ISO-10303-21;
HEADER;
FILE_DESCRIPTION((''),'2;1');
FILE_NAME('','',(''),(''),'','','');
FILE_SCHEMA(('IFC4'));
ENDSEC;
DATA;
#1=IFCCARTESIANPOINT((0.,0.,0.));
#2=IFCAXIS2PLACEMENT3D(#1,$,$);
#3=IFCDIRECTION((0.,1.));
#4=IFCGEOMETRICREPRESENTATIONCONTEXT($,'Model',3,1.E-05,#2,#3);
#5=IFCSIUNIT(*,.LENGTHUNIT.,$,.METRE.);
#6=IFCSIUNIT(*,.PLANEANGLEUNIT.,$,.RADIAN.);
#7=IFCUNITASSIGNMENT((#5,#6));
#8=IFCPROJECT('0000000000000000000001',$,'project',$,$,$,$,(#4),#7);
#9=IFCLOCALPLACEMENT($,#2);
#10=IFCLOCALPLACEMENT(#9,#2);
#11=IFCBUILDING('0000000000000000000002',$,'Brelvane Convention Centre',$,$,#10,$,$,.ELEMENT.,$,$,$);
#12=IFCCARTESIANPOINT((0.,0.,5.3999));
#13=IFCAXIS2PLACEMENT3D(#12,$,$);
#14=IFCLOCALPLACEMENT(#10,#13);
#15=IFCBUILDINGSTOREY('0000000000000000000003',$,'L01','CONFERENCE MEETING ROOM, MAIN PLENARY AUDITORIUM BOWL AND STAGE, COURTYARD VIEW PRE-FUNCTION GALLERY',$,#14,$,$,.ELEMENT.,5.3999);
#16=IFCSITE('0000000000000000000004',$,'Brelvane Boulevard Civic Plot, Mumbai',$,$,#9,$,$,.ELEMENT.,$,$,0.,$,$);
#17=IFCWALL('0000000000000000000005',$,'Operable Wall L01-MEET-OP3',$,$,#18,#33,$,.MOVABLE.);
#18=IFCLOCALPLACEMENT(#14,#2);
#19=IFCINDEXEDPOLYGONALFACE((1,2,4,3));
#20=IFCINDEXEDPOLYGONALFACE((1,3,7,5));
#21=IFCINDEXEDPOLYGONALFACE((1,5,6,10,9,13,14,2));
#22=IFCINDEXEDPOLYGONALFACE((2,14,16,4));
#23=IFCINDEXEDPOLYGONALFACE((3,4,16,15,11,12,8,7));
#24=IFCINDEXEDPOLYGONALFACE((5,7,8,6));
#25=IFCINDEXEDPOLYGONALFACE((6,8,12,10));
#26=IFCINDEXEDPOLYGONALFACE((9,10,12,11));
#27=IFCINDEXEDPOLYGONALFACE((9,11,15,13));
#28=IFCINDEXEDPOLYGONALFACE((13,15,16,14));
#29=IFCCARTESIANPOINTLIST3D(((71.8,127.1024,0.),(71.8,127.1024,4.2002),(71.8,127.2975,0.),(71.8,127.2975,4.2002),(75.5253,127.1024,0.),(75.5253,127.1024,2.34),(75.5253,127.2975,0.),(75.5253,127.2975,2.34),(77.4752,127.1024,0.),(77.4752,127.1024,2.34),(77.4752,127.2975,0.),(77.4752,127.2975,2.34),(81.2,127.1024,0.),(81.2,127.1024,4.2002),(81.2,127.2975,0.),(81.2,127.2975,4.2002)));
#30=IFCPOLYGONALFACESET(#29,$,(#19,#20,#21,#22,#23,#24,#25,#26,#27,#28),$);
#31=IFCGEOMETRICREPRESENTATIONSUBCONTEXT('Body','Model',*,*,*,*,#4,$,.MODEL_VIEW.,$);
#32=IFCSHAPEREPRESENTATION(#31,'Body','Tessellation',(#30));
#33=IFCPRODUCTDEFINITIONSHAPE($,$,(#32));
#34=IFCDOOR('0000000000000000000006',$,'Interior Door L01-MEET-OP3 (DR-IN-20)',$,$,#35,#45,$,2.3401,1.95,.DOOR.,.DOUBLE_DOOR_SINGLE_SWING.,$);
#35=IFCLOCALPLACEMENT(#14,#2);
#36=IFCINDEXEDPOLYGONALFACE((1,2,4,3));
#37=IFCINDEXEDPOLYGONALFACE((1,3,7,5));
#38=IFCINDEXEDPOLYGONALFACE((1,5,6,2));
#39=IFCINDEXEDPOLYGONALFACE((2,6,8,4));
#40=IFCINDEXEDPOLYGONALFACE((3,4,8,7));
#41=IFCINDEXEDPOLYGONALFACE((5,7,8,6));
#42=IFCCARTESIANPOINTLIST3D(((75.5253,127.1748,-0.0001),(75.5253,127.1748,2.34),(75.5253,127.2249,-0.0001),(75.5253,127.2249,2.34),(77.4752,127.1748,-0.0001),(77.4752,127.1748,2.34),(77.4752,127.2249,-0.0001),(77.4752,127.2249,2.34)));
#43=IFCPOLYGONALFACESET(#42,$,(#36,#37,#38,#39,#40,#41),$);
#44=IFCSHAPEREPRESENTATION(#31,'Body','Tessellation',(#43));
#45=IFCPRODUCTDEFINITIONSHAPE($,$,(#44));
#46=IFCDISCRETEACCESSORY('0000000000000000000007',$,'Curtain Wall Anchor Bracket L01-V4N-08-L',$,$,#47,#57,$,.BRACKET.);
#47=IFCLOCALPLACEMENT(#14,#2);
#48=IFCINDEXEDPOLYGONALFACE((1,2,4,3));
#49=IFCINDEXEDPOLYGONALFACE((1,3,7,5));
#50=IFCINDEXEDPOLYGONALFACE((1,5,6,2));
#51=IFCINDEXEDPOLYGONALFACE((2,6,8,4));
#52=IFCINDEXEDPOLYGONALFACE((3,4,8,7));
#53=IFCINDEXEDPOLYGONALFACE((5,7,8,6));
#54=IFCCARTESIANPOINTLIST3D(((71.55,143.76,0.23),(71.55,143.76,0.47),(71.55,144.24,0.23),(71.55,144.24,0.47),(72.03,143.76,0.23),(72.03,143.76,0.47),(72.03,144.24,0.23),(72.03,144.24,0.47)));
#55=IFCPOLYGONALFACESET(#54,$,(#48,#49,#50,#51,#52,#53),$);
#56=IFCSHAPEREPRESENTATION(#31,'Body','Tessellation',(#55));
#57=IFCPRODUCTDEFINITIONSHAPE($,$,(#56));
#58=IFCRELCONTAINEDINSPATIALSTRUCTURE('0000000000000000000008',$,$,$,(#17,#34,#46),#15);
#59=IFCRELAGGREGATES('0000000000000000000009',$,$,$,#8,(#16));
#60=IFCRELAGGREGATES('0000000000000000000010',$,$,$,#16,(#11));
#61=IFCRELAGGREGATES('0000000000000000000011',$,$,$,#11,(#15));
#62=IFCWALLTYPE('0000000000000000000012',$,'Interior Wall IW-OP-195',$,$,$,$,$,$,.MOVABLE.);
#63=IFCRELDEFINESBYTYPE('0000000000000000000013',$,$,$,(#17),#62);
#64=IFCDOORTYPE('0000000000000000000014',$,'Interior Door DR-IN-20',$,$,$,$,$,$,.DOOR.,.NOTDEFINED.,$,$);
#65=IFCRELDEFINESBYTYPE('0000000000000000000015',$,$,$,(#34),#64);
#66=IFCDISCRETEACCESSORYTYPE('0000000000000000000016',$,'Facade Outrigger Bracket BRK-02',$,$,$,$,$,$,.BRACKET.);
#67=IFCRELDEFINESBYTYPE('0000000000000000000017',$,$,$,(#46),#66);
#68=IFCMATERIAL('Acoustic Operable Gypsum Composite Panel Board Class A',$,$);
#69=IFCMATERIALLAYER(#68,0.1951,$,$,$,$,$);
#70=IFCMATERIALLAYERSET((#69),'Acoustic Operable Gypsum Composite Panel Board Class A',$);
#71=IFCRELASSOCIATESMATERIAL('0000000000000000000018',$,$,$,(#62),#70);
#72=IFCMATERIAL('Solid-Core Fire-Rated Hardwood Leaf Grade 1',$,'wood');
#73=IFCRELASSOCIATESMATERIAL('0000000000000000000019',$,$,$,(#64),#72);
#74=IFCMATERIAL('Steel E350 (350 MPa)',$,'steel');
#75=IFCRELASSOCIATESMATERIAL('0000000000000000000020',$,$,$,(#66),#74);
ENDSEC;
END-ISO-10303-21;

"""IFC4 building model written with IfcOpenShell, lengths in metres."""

from ifc_helpers import new_model, si_unit, direction, frame, frame_2d, origin, origin_2d, place, context, subcontext, project, spatial, rectangle, extrude, material, layer, layer_set, type_object, element, fill, save


model = new_model("IFC4")

# Units and contexts
model_context = context("Model", 3, precision=1e-05, world=origin(), true_north=direction((0.0, 1.0)))
body_context = subcontext(model_context, "Body", "Model", "MODEL_VIEW")
ifc_project = project(units=[si_unit("LENGTHUNIT", "METRE"), si_unit("PLANEANGLEUNIT", "RADIAN")], contexts=[model_context])

# Site, building, storey
site_placement = place(None, origin())
site = spatial("IfcSite", under=ifc_project, at=site_placement, Name="Brelvane Boulevard Civic Plot, Mumbai", CompositionType="ELEMENT", RefElevation=0.0)
building_placement = place(site_placement, origin())
building = spatial("IfcBuilding", under=site, at=building_placement, Name="Brelvane Convention Centre", CompositionType="ELEMENT")
storey_placement = place(building_placement, frame((0.0, 0.0, 5.3999)))
storey = spatial("IfcBuildingStorey", under=building, at=storey_placement, Name="L01", Description="CONFERENCE MEETING ROOM, MAIN PLENARY AUDITORIUM BOWL AND STAGE, COURTYARD VIEW PRE-FUNCTION GALLERY", CompositionType="ELEMENT", Elevation=5.3999)

# Wall, opening, door
ifc_material_1 = material(Name="Acoustic Operable Gypsum Composite Panel Board Class A")
ifc_layer_1 = layer(ifc_material_1, 0.1951)
ifc_layer_set_1 = layer_set([ifc_layer_1], Name="Acoustic Operable Gypsum Composite Panel Board Class A")
wall_type_1 = type_object("IfcWallType", Name="Interior Wall IW-OP-195", PredefinedType="MOVABLE", material=ifc_layer_set_1)
wall_1_placement = place(storey_placement, frame((71.8, 127.2, 0.0), z_axis=(0.0, 0.0, 1.0), x_axis=(1.0, 0.0, 0.0)))
wall_1 = element("IfcWall", 1, at=wall_1_placement, inside=storey, type_object=wall_type_1, Name="Operable Wall L01-MEET-OP3", PredefinedType="MOVABLE", context=body_context, shape_type="SweptSolid", body=[
    extrude(rectangle(XDim=9.3999, YDim=0.1951, at=frame_2d((4.7, 0.0))), origin(), (0.0, 0.0, 1.0), 4.2002),
])
opening_1_placement = place(wall_1_placement, frame((3.7251, 0.0, 0.0)))
opening_1 = element("IfcOpeningElement", 2, at=opening_1_placement, cuts=wall_1, PredefinedType="OPENING", context=body_context, shape_type="SweptSolid", body=[
    extrude(rectangle(XDim=1.95, YDim=2.3401, at=frame_2d((0.9751, 1.1699))), frame((0.0, 0.1074, 0.0), z_axis=(0.0, -1.0, 0.0), x_axis=(1.0, 0.0, 0.0)), (0.0, 0.0, 1.0), 0.2151),
])
ifc_material_2 = material(Name="Solid-Core Fire-Rated Hardwood Leaf Grade 1", Category="wood")
door_type_1 = type_object("IfcDoorType", Name="Interior Door DR-IN-20", OperationType="NOTDEFINED", PredefinedType="DOOR", material=ifc_material_2)
door_1_placement = place(opening_1_placement, origin())
door_1 = element("IfcDoor", 3, at=door_1_placement, inside=storey, type_object=door_type_1, Name="Interior Door L01-MEET-OP3 (DR-IN-20)", OperationType="DOUBLE_DOOR_SINGLE_SWING", OverallHeight=2.3401, OverallWidth=1.95, PredefinedType="DOOR", context=body_context, shape_type="SweptSolid", body=[
    extrude(rectangle(XDim=1.95, YDim=2.3401, at=frame_2d((0.9751, 1.1699))), frame((0.0, 0.0249, 0.0), z_axis=(0.0, -1.0, 0.0), x_axis=(1.0, 0.0, 0.0)), (0.0, 0.0, 1.0), 0.05),
])
fill(opening_1, door_1)

# Discrete accessory
ifc_material_3 = material(Name="Steel E350 (350 MPa)", Category="steel")
discrete_accessory_type = type_object("IfcDiscreteAccessoryType", Name="Facade Outrigger Bracket BRK-02", PredefinedType="BRACKET", material=ifc_material_3)
discrete_accessory_placement = place(storey_placement, frame((71.79, 144.0, 0.23), z_axis=(0.0, 0.0, 1.0), x_axis=(1.0, 0.0, 0.0)))
element("IfcDiscreteAccessory", 4, at=discrete_accessory_placement, inside=storey, type_object=discrete_accessory_type, Name="Curtain Wall Anchor Bracket L01-V4N-08-L", PredefinedType="BRACKET", context=body_context, shape_type="SweptSolid", body=[
    extrude(rectangle(XDim=0.48, YDim=0.48, at=origin_2d()), origin(), (0.0, 0.0, 1.0), 0.24),
])

save(model, "model.ifc")
